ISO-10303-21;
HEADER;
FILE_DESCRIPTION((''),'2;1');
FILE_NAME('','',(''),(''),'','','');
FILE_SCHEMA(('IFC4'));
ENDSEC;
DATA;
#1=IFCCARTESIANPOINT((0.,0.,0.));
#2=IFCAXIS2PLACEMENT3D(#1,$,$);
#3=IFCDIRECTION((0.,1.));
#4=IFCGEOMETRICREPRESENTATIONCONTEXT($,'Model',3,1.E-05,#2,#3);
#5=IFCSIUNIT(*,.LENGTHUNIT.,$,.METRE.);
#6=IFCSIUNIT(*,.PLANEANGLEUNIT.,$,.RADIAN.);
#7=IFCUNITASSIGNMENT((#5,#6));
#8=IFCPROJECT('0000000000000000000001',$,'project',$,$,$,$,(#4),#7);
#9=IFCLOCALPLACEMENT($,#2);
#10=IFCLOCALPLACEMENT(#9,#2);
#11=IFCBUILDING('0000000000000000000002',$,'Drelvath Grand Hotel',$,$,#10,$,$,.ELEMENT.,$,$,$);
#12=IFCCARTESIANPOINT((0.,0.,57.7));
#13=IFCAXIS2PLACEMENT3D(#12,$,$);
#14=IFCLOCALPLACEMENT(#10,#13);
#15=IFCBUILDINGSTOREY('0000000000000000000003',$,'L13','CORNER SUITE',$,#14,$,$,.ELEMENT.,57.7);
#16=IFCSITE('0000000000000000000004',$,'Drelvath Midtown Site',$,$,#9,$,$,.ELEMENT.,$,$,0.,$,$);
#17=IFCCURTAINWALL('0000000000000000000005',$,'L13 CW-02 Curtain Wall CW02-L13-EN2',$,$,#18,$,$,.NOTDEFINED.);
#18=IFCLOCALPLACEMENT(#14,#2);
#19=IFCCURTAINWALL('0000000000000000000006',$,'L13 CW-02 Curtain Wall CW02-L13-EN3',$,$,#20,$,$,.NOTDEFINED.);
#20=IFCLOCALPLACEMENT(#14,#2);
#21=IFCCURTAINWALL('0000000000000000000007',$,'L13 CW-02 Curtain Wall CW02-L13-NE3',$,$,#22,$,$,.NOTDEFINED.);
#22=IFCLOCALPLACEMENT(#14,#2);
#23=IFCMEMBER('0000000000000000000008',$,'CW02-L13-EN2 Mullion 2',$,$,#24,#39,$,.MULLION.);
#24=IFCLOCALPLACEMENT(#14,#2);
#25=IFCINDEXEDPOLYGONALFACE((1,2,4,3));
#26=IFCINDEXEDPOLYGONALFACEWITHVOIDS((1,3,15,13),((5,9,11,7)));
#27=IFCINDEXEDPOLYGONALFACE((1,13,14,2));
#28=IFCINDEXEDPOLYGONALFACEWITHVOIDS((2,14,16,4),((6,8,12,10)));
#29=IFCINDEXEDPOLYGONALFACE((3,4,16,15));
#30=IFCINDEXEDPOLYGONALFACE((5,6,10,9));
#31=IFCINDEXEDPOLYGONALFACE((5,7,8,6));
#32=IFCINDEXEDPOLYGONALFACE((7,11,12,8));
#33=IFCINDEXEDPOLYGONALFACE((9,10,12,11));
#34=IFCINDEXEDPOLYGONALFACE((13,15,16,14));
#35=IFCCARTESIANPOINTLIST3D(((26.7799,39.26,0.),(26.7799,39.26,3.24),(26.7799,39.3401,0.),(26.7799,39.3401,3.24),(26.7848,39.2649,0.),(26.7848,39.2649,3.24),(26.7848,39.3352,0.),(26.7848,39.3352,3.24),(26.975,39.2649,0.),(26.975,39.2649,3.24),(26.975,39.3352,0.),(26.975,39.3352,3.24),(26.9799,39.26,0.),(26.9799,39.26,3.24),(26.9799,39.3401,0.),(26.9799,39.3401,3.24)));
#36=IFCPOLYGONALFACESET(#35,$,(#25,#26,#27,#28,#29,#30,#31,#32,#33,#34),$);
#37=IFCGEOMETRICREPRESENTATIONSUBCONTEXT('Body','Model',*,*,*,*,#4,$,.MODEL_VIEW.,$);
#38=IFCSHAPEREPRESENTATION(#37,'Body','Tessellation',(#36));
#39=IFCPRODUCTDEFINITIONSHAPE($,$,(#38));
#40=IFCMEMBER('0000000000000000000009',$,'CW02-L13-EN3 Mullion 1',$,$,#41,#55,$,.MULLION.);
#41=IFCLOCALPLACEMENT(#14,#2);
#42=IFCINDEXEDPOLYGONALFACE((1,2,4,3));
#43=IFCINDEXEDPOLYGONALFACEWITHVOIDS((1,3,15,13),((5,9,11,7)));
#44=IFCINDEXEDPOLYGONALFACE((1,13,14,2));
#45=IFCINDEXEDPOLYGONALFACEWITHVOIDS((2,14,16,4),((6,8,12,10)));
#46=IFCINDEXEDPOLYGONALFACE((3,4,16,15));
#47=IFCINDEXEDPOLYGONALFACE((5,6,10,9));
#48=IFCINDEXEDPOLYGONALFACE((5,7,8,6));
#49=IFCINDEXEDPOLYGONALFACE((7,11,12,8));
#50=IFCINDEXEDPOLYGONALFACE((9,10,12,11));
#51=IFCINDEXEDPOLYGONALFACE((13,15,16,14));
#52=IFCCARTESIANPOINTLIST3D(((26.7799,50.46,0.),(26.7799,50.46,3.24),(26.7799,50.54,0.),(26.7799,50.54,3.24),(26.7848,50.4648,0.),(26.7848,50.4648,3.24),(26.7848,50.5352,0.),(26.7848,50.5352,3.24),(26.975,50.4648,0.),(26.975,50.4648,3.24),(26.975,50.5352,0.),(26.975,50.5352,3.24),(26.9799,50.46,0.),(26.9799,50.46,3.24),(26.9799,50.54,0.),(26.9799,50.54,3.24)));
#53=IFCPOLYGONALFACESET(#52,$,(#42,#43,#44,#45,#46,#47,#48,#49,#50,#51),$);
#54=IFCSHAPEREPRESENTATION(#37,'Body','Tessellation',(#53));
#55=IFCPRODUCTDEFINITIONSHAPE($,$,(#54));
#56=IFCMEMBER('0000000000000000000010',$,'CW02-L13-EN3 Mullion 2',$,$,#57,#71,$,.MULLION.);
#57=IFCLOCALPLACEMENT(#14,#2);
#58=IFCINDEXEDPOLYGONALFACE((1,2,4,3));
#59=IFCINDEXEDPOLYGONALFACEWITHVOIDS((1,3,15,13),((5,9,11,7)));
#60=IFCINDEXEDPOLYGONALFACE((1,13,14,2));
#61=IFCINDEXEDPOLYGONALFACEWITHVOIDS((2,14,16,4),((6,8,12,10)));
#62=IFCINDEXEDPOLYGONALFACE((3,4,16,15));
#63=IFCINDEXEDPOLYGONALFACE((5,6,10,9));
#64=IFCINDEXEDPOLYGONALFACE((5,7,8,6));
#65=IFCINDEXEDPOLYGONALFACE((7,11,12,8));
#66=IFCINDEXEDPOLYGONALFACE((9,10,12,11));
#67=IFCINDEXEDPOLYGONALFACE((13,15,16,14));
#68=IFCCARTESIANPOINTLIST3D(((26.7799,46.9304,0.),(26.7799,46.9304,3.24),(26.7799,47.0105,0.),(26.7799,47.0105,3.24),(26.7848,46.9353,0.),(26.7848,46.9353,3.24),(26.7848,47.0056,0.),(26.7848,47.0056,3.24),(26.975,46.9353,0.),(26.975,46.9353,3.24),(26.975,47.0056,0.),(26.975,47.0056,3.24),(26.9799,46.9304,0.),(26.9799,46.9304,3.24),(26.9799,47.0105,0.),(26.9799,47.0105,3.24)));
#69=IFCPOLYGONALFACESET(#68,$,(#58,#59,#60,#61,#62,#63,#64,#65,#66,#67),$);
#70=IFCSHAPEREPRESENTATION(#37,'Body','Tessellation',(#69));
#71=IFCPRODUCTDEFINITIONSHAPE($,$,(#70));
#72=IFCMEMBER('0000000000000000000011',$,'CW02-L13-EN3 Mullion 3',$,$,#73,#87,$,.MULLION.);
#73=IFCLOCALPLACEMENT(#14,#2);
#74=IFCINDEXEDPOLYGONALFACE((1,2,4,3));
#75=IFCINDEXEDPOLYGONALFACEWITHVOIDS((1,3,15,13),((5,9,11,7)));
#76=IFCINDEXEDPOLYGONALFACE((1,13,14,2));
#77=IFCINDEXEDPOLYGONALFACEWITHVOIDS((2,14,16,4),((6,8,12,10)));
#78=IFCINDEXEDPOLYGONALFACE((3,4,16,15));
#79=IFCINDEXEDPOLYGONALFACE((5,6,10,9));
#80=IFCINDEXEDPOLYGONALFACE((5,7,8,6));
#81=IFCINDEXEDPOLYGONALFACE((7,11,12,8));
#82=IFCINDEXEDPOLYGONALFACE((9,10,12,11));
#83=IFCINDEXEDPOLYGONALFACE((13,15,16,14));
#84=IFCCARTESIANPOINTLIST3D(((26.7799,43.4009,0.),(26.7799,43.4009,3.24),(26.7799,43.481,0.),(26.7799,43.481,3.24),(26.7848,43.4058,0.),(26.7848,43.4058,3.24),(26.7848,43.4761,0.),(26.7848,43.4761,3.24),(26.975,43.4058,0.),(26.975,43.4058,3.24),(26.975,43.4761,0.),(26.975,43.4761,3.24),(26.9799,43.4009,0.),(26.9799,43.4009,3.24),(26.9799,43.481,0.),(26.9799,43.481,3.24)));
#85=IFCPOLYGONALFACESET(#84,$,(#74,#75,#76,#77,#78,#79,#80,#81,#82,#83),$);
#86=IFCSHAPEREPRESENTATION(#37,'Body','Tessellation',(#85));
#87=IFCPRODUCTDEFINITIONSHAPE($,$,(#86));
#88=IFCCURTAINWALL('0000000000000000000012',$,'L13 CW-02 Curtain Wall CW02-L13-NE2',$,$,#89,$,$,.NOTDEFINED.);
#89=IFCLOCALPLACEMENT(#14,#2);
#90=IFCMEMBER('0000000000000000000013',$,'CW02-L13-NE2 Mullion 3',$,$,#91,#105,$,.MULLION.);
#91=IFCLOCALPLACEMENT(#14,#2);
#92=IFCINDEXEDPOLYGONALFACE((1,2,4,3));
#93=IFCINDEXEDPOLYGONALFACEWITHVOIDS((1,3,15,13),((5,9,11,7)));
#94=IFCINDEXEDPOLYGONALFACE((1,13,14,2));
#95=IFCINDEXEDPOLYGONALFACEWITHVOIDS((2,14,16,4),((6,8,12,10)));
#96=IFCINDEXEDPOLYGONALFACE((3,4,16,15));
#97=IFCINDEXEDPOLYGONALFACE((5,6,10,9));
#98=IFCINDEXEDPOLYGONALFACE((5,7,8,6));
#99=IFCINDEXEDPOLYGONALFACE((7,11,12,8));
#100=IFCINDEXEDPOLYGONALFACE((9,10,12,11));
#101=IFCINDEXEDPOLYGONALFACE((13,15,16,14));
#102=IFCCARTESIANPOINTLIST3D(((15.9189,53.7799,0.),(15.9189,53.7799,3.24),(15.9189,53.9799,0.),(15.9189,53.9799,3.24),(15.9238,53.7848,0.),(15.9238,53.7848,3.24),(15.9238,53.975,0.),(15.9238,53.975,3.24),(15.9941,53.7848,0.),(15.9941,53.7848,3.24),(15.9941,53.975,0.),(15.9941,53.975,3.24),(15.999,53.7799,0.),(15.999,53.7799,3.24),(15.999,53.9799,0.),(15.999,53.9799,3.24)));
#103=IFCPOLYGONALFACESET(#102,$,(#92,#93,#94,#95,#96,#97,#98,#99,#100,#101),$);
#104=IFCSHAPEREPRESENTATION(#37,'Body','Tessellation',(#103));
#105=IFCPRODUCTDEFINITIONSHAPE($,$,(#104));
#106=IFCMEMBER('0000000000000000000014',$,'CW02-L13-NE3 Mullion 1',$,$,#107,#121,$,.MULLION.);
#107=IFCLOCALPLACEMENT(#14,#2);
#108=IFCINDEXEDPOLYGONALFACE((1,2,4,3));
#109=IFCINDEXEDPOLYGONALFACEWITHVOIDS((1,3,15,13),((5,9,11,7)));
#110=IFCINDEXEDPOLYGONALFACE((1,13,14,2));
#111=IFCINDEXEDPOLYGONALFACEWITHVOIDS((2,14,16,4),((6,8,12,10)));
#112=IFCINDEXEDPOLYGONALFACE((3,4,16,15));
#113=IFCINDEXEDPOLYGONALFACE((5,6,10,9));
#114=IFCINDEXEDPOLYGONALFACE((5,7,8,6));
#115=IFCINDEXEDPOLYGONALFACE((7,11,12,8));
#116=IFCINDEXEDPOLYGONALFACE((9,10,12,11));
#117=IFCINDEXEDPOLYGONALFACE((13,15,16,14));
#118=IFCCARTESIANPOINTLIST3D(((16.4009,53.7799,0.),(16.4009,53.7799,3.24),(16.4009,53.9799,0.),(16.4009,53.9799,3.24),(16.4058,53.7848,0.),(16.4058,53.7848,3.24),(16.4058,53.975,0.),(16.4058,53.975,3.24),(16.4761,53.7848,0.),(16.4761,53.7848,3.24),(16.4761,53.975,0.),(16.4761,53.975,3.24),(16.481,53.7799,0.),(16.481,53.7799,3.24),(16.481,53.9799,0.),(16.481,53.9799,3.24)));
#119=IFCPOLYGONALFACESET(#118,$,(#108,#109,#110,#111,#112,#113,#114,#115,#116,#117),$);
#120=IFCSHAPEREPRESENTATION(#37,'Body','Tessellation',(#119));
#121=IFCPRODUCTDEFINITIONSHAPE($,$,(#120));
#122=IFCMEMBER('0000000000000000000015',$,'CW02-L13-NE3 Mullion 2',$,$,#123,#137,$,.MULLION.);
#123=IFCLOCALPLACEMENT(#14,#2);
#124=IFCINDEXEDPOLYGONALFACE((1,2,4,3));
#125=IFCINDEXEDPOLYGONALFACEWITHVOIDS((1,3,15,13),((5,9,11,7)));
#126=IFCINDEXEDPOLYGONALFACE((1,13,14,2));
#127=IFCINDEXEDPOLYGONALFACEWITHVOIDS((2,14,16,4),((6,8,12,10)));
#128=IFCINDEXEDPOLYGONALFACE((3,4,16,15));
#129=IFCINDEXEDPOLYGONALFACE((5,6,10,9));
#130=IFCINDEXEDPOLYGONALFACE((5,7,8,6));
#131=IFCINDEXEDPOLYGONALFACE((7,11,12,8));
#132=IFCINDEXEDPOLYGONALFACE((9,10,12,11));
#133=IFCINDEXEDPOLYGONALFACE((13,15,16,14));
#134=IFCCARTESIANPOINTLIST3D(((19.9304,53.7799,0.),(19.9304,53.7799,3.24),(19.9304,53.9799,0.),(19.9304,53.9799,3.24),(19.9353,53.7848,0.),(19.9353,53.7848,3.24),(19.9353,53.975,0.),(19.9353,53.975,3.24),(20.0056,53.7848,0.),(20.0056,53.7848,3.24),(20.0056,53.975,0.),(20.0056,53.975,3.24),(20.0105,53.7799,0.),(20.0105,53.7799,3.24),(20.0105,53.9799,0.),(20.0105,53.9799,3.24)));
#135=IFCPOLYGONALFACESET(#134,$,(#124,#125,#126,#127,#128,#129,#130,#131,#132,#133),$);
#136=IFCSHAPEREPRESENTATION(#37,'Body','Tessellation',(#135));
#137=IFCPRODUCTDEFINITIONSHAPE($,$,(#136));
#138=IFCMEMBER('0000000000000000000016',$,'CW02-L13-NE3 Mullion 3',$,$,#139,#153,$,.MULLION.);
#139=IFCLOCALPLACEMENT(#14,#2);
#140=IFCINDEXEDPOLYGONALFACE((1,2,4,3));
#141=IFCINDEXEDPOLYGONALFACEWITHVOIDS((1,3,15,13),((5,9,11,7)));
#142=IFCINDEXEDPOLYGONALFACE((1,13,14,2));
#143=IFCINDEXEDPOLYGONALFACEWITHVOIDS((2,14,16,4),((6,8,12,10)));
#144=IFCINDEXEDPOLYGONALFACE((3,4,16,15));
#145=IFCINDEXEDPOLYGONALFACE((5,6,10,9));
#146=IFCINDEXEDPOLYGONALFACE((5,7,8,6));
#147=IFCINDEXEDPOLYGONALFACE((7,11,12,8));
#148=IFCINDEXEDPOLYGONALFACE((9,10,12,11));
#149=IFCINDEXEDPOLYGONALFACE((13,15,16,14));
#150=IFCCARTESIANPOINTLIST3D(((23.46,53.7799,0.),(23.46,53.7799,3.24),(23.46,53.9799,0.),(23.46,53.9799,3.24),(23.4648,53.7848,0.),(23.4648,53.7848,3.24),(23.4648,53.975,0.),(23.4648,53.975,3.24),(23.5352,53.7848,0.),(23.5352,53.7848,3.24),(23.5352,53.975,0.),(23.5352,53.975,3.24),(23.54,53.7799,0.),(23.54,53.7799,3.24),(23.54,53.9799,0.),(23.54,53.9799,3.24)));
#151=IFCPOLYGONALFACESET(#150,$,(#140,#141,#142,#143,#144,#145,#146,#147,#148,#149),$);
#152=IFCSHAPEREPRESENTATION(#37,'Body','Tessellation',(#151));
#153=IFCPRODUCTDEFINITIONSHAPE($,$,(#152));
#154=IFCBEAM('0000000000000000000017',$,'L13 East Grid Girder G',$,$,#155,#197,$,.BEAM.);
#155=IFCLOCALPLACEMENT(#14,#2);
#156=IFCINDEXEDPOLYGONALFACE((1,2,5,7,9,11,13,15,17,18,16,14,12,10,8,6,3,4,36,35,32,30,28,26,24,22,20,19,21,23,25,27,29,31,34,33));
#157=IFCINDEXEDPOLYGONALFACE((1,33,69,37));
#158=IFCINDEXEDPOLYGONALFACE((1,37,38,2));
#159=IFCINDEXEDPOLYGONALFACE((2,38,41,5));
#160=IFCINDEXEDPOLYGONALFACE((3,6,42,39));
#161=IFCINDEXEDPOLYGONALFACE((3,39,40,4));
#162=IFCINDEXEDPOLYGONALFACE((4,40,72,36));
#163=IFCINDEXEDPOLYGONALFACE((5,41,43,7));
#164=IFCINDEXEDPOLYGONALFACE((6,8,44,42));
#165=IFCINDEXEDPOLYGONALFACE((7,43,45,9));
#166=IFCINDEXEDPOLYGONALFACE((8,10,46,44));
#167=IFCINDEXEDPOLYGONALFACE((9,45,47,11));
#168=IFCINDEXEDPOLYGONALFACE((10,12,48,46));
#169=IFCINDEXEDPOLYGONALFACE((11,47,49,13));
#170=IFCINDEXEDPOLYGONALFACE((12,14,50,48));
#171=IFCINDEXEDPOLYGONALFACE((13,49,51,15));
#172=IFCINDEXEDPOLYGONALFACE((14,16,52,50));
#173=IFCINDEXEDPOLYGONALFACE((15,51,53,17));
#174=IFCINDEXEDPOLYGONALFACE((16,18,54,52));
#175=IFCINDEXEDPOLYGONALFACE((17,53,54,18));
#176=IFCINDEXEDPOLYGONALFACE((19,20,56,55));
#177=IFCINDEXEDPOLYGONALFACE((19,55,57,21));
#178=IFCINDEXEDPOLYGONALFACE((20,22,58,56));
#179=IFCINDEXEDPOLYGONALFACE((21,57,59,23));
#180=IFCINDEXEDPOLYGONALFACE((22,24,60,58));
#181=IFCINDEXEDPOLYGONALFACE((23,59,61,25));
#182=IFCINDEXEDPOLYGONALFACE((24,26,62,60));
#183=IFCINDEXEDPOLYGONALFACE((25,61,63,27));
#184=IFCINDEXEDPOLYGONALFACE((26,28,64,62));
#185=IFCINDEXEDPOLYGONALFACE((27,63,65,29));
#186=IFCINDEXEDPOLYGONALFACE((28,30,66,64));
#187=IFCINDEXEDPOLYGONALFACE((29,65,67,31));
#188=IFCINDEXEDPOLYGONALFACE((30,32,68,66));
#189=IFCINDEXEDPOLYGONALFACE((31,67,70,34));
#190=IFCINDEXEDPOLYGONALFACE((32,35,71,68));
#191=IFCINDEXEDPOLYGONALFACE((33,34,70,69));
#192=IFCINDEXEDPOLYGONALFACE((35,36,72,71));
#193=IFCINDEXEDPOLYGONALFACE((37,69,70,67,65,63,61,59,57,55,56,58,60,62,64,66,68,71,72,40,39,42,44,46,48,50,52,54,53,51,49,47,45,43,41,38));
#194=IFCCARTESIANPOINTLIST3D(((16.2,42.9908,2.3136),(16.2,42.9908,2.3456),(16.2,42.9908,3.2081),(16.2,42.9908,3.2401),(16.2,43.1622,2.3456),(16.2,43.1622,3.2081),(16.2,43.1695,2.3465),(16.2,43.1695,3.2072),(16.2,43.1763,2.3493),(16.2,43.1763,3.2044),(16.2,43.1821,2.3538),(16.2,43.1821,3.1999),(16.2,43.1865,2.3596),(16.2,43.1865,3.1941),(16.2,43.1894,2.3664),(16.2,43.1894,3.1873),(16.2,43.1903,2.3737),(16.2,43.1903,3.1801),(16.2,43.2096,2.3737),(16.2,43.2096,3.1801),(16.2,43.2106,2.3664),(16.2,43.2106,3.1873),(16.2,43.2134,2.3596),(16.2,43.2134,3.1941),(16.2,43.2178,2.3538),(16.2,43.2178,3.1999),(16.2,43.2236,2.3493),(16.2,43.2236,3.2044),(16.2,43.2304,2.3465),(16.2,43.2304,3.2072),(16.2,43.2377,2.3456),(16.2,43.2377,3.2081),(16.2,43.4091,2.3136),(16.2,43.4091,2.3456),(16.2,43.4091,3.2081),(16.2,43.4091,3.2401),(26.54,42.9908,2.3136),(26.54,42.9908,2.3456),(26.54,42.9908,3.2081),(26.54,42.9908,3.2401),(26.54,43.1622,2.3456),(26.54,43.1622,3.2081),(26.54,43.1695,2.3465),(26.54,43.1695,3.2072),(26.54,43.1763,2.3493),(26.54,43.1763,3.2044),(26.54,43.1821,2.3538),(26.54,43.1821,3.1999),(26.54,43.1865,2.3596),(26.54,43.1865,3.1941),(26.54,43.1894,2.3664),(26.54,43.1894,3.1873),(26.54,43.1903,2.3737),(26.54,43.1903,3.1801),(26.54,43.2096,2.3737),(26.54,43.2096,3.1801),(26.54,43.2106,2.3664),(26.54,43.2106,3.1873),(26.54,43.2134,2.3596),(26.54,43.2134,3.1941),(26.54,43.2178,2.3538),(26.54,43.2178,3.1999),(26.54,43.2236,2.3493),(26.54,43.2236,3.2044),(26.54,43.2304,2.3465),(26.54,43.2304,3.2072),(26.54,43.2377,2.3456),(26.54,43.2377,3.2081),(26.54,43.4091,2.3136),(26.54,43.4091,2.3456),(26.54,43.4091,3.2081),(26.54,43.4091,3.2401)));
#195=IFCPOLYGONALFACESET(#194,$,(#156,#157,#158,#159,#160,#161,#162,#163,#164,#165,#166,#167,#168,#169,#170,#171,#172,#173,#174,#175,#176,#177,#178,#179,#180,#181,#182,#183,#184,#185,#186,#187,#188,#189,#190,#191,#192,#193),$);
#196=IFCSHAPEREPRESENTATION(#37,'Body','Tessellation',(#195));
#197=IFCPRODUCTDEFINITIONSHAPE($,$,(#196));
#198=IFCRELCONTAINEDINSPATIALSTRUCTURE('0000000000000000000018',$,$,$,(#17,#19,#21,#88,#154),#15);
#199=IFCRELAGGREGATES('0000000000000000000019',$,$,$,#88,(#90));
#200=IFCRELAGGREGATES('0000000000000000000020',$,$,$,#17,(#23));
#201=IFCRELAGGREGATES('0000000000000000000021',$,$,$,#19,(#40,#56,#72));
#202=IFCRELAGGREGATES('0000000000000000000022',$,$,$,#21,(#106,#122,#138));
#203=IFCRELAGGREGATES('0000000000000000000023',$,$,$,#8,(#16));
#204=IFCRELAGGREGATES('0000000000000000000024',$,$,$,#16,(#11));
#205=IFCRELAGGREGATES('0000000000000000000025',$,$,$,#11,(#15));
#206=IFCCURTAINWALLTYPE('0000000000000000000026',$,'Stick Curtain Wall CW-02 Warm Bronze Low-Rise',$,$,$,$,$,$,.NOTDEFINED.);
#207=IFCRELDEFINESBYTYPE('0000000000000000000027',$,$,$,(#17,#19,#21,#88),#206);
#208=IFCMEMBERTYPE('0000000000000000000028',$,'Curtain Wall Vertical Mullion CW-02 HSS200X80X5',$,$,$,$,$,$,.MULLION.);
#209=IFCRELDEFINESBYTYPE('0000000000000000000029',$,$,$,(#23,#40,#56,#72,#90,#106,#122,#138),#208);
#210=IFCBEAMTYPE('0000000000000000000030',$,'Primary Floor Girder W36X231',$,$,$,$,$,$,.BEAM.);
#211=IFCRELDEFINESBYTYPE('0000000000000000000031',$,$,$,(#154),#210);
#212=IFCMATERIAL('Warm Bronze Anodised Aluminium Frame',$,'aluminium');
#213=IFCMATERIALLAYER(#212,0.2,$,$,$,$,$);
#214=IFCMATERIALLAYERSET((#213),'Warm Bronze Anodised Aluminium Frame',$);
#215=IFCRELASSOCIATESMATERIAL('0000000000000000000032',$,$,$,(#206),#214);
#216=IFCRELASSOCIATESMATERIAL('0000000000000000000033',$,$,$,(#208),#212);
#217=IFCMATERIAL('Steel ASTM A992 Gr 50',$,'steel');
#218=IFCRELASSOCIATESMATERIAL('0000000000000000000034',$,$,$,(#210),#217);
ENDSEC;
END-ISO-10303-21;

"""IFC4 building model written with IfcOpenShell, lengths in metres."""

from ifc_helpers import new_model, si_unit, direction, frame, origin, origin_2d, place, context, subcontext, project, spatial, hollow_rectangle, i_section, extrude, material, layer, layer_set, material_profile, profile_set, type_object, element, aggregate, save


model = new_model("IFC4")

# Units and contexts
model_context = context("Model", 3, precision=1e-05, world=origin(), true_north=direction((0.0, 1.0)))
body_context = subcontext(model_context, "Body", "Model", "MODEL_VIEW")
ifc_project = project(units=[si_unit("LENGTHUNIT", "METRE"), si_unit("PLANEANGLEUNIT", "RADIAN")], contexts=[model_context])

# Site, building, storey
site_placement = place(None, origin())
site = spatial("IfcSite", under=ifc_project, at=site_placement, Name="Drelvath Midtown Site", CompositionType="ELEMENT", RefElevation=0.0)
building_placement = place(site_placement, origin())
building = spatial("IfcBuilding", under=site, at=building_placement, Name="Drelvath Grand Hotel", CompositionType="ELEMENT")
storey_placement = place(building_placement, frame((0.0, 0.0, 57.7)))
storey = spatial("IfcBuildingStorey", under=building, at=storey_placement, Name="L13", Description="CORNER SUITE", CompositionType="ELEMENT", Elevation=57.7)

# Curtain walls
ifc_material_1 = material(Name="Warm Bronze Anodised Aluminium Frame", Category="aluminium")
ifc_layer_1 = layer(ifc_material_1, 0.2)
ifc_layer_set_1 = layer_set([ifc_layer_1], Name="Warm Bronze Anodised Aluminium Frame")
curtain_wall_type = type_object("IfcCurtainWallType", Name="Stick Curtain Wall CW-02 Warm Bronze Low-Rise", PredefinedType="NOTDEFINED", material=ifc_layer_set_1)
curtain_wall_1_placement = place(storey_placement, origin())
curtain_wall_1 = element("IfcCurtainWall", 1, at=curtain_wall_1_placement, inside=storey, type_object=curtain_wall_type, Name="L13 CW-02 Curtain Wall CW02-L13-EN2", PredefinedType="NOTDEFINED")
curtain_wall_2_placement = place(storey_placement, origin())
curtain_wall_2 = element("IfcCurtainWall", 2, at=curtain_wall_2_placement, inside=storey, type_object=curtain_wall_type, Name="L13 CW-02 Curtain Wall CW02-L13-EN3", PredefinedType="NOTDEFINED")
curtain_wall_3_placement = place(storey_placement, origin())
curtain_wall_3 = element("IfcCurtainWall", 3, at=curtain_wall_3_placement, inside=storey, type_object=curtain_wall_type, Name="L13 CW-02 Curtain Wall CW02-L13-NE3", PredefinedType="NOTDEFINED")

# Members
ifc_material_profile_1 = material_profile(ifc_material_1, hollow_rectangle(XDim=0.0801, YDim=0.2, WallThickness=0.0049, at=origin_2d()), Name="HSS200X80X5")
ifc_profile_set_1 = profile_set([ifc_material_profile_1], Name="Warm Bronze Anodised Aluminium Frame")
member_type_1 = type_object("IfcMemberType", Name="Curtain Wall Vertical Mullion CW-02 HSS200X80X5", PredefinedType="MULLION", material=ifc_profile_set_1)
member_1_placement = place(storey_placement, frame((26.8799, 39.3, 0.0), z_axis=(0.0, 0.0, 1.0), x_axis=(0.0, 1.0, 0.0)))
member_1 = element("IfcMember", 4, at=member_1_placement, type_object=member_type_1, Name="CW02-L13-EN2 Mullion 2", PredefinedType="MULLION", context=body_context, shape_type="SweptSolid", body=[
    extrude(hollow_rectangle(XDim=0.0801, YDim=0.2, WallThickness=0.0049, at=origin_2d()), origin(), (0.0, 0.0, 1.0), 3.24),
])
member_2_placement = place(storey_placement, frame((26.8799, 50.5, 0.0), z_axis=(0.0, 0.0, 1.0), x_axis=(0.0, 1.0, 0.0)))
member_2 = element("IfcMember", 5, at=member_2_placement, type_object=member_type_1, Name="CW02-L13-EN3 Mullion 1", PredefinedType="MULLION", context=body_context, shape_type="SweptSolid", body=[
    extrude(hollow_rectangle(XDim=0.0801, YDim=0.2, WallThickness=0.0049, at=origin_2d()), origin(), (0.0, 0.0, 1.0), 3.24),
])
member_3_placement = place(storey_placement, frame((26.8799, 46.9705, 0.0), z_axis=(0.0, 0.0, 1.0), x_axis=(0.0, 1.0, 0.0)))
member_3 = element("IfcMember", 6, at=member_3_placement, type_object=member_type_1, Name="CW02-L13-EN3 Mullion 2", PredefinedType="MULLION", context=body_context, shape_type="SweptSolid", body=[
    extrude(hollow_rectangle(XDim=0.0801, YDim=0.2, WallThickness=0.0049, at=origin_2d()), origin(), (0.0, 0.0, 1.0), 3.24),
])
member_4_placement = place(storey_placement, frame((26.8799, 43.4409, 0.0), z_axis=(0.0, 0.0, 1.0), x_axis=(0.0, 1.0, 0.0)))
member_4 = element("IfcMember", 7, at=member_4_placement, type_object=member_type_1, Name="CW02-L13-EN3 Mullion 3", PredefinedType="MULLION", context=body_context, shape_type="SweptSolid", body=[
    extrude(hollow_rectangle(XDim=0.0801, YDim=0.2, WallThickness=0.0049, at=origin_2d()), origin(), (0.0, 0.0, 1.0), 3.24),
])

# Curtain wall, member
curtain_wall_4_placement = place(storey_placement, origin())
curtain_wall_4 = element("IfcCurtainWall", 8, at=curtain_wall_4_placement, inside=storey, type_object=curtain_wall_type, Name="L13 CW-02 Curtain Wall CW02-L13-NE2", PredefinedType="NOTDEFINED")
member_5_placement = place(storey_placement, frame((15.959, 53.8799, 0.0), z_axis=(0.0, 0.0, 1.0), x_axis=(1.0, 0.0, 0.0)))
member_5 = element("IfcMember", 9, at=member_5_placement, type_object=member_type_1, Name="CW02-L13-NE2 Mullion 3", PredefinedType="MULLION", context=body_context, shape_type="SweptSolid", body=[
    extrude(hollow_rectangle(XDim=0.0801, YDim=0.2, WallThickness=0.0049, at=origin_2d()), origin(), (0.0, 0.0, 1.0), 3.24),
])
aggregate(curtain_wall_4, [member_5])

# Members
member_6_placement = place(storey_placement, frame((16.4409, 53.8799, 0.0), z_axis=(0.0, 0.0, 1.0), x_axis=(1.0, 0.0, 0.0)))
member_6 = element("IfcMember", 10, at=member_6_placement, type_object=member_type_1, Name="CW02-L13-NE3 Mullion 1", PredefinedType="MULLION", context=body_context, shape_type="SweptSolid", body=[
    extrude(hollow_rectangle(XDim=0.0801, YDim=0.2, WallThickness=0.0049, at=origin_2d()), origin(), (0.0, 0.0, 1.0), 3.24),
])
member_7_placement = place(storey_placement, frame((19.9705, 53.8799, 0.0), z_axis=(0.0, 0.0, 1.0), x_axis=(1.0, 0.0, 0.0)))
member_7 = element("IfcMember", 11, at=member_7_placement, type_object=member_type_1, Name="CW02-L13-NE3 Mullion 2", PredefinedType="MULLION", context=body_context, shape_type="SweptSolid", body=[
    extrude(hollow_rectangle(XDim=0.0801, YDim=0.2, WallThickness=0.0049, at=origin_2d()), origin(), (0.0, 0.0, 1.0), 3.24),
])
member_8_placement = place(storey_placement, frame((23.5, 53.8799, 0.0), z_axis=(0.0, 0.0, 1.0), x_axis=(1.0, 0.0, 0.0)))
member_8 = element("IfcMember", 12, at=member_8_placement, type_object=member_type_1, Name="CW02-L13-NE3 Mullion 3", PredefinedType="MULLION", context=body_context, shape_type="SweptSolid", body=[
    extrude(hollow_rectangle(XDim=0.0801, YDim=0.2, WallThickness=0.0049, at=origin_2d()), origin(), (0.0, 0.0, 1.0), 3.24),
])

# Beam
ifc_material_2 = material(Name="Steel ASTM A992 Gr 50", Category="steel")
ifc_material_profile_2 = material_profile(ifc_material_2, i_section(OverallWidth=0.4182, OverallDepth=0.9265, WebThickness=0.0193, FlangeThickness=0.032, FilletRadius=0.0281, at=origin_2d()), Name="W36X231")
ifc_profile_set_2 = profile_set([ifc_material_profile_2], Name="Steel ASTM A992 Gr 50")
beam_type = type_object("IfcBeamType", Name="Primary Floor Girder W36X231", PredefinedType="BEAM", material=ifc_profile_set_2)
for number, where, z_axis, x_axis, name in (
    (13, (16.2, 43.2, 2.7769), (1.0, 0.0, 0.0), (0.0, 1.0, 0.0), "L13 East Grid Girder G"),
):
    element("IfcBeam", number, at=place(storey_placement, frame(where, z_axis=z_axis, x_axis=x_axis)), inside=storey, type_object=beam_type, Name=name, PredefinedType="BEAM", context=body_context, shape_type="SweptSolid", body=[
        extrude(i_section(OverallWidth=0.4182, OverallDepth=0.9265, WebThickness=0.0193, FlangeThickness=0.032, FilletRadius=0.0281, at=origin_2d()), origin(), (0.0, 0.0, 1.0), 10.3401),
    ])

aggregate(curtain_wall_1, [member_1])
aggregate(curtain_wall_2, [member_2, member_3, member_4])
aggregate(curtain_wall_3, [member_6, member_7, member_8])

save(model, "model.ifc")
